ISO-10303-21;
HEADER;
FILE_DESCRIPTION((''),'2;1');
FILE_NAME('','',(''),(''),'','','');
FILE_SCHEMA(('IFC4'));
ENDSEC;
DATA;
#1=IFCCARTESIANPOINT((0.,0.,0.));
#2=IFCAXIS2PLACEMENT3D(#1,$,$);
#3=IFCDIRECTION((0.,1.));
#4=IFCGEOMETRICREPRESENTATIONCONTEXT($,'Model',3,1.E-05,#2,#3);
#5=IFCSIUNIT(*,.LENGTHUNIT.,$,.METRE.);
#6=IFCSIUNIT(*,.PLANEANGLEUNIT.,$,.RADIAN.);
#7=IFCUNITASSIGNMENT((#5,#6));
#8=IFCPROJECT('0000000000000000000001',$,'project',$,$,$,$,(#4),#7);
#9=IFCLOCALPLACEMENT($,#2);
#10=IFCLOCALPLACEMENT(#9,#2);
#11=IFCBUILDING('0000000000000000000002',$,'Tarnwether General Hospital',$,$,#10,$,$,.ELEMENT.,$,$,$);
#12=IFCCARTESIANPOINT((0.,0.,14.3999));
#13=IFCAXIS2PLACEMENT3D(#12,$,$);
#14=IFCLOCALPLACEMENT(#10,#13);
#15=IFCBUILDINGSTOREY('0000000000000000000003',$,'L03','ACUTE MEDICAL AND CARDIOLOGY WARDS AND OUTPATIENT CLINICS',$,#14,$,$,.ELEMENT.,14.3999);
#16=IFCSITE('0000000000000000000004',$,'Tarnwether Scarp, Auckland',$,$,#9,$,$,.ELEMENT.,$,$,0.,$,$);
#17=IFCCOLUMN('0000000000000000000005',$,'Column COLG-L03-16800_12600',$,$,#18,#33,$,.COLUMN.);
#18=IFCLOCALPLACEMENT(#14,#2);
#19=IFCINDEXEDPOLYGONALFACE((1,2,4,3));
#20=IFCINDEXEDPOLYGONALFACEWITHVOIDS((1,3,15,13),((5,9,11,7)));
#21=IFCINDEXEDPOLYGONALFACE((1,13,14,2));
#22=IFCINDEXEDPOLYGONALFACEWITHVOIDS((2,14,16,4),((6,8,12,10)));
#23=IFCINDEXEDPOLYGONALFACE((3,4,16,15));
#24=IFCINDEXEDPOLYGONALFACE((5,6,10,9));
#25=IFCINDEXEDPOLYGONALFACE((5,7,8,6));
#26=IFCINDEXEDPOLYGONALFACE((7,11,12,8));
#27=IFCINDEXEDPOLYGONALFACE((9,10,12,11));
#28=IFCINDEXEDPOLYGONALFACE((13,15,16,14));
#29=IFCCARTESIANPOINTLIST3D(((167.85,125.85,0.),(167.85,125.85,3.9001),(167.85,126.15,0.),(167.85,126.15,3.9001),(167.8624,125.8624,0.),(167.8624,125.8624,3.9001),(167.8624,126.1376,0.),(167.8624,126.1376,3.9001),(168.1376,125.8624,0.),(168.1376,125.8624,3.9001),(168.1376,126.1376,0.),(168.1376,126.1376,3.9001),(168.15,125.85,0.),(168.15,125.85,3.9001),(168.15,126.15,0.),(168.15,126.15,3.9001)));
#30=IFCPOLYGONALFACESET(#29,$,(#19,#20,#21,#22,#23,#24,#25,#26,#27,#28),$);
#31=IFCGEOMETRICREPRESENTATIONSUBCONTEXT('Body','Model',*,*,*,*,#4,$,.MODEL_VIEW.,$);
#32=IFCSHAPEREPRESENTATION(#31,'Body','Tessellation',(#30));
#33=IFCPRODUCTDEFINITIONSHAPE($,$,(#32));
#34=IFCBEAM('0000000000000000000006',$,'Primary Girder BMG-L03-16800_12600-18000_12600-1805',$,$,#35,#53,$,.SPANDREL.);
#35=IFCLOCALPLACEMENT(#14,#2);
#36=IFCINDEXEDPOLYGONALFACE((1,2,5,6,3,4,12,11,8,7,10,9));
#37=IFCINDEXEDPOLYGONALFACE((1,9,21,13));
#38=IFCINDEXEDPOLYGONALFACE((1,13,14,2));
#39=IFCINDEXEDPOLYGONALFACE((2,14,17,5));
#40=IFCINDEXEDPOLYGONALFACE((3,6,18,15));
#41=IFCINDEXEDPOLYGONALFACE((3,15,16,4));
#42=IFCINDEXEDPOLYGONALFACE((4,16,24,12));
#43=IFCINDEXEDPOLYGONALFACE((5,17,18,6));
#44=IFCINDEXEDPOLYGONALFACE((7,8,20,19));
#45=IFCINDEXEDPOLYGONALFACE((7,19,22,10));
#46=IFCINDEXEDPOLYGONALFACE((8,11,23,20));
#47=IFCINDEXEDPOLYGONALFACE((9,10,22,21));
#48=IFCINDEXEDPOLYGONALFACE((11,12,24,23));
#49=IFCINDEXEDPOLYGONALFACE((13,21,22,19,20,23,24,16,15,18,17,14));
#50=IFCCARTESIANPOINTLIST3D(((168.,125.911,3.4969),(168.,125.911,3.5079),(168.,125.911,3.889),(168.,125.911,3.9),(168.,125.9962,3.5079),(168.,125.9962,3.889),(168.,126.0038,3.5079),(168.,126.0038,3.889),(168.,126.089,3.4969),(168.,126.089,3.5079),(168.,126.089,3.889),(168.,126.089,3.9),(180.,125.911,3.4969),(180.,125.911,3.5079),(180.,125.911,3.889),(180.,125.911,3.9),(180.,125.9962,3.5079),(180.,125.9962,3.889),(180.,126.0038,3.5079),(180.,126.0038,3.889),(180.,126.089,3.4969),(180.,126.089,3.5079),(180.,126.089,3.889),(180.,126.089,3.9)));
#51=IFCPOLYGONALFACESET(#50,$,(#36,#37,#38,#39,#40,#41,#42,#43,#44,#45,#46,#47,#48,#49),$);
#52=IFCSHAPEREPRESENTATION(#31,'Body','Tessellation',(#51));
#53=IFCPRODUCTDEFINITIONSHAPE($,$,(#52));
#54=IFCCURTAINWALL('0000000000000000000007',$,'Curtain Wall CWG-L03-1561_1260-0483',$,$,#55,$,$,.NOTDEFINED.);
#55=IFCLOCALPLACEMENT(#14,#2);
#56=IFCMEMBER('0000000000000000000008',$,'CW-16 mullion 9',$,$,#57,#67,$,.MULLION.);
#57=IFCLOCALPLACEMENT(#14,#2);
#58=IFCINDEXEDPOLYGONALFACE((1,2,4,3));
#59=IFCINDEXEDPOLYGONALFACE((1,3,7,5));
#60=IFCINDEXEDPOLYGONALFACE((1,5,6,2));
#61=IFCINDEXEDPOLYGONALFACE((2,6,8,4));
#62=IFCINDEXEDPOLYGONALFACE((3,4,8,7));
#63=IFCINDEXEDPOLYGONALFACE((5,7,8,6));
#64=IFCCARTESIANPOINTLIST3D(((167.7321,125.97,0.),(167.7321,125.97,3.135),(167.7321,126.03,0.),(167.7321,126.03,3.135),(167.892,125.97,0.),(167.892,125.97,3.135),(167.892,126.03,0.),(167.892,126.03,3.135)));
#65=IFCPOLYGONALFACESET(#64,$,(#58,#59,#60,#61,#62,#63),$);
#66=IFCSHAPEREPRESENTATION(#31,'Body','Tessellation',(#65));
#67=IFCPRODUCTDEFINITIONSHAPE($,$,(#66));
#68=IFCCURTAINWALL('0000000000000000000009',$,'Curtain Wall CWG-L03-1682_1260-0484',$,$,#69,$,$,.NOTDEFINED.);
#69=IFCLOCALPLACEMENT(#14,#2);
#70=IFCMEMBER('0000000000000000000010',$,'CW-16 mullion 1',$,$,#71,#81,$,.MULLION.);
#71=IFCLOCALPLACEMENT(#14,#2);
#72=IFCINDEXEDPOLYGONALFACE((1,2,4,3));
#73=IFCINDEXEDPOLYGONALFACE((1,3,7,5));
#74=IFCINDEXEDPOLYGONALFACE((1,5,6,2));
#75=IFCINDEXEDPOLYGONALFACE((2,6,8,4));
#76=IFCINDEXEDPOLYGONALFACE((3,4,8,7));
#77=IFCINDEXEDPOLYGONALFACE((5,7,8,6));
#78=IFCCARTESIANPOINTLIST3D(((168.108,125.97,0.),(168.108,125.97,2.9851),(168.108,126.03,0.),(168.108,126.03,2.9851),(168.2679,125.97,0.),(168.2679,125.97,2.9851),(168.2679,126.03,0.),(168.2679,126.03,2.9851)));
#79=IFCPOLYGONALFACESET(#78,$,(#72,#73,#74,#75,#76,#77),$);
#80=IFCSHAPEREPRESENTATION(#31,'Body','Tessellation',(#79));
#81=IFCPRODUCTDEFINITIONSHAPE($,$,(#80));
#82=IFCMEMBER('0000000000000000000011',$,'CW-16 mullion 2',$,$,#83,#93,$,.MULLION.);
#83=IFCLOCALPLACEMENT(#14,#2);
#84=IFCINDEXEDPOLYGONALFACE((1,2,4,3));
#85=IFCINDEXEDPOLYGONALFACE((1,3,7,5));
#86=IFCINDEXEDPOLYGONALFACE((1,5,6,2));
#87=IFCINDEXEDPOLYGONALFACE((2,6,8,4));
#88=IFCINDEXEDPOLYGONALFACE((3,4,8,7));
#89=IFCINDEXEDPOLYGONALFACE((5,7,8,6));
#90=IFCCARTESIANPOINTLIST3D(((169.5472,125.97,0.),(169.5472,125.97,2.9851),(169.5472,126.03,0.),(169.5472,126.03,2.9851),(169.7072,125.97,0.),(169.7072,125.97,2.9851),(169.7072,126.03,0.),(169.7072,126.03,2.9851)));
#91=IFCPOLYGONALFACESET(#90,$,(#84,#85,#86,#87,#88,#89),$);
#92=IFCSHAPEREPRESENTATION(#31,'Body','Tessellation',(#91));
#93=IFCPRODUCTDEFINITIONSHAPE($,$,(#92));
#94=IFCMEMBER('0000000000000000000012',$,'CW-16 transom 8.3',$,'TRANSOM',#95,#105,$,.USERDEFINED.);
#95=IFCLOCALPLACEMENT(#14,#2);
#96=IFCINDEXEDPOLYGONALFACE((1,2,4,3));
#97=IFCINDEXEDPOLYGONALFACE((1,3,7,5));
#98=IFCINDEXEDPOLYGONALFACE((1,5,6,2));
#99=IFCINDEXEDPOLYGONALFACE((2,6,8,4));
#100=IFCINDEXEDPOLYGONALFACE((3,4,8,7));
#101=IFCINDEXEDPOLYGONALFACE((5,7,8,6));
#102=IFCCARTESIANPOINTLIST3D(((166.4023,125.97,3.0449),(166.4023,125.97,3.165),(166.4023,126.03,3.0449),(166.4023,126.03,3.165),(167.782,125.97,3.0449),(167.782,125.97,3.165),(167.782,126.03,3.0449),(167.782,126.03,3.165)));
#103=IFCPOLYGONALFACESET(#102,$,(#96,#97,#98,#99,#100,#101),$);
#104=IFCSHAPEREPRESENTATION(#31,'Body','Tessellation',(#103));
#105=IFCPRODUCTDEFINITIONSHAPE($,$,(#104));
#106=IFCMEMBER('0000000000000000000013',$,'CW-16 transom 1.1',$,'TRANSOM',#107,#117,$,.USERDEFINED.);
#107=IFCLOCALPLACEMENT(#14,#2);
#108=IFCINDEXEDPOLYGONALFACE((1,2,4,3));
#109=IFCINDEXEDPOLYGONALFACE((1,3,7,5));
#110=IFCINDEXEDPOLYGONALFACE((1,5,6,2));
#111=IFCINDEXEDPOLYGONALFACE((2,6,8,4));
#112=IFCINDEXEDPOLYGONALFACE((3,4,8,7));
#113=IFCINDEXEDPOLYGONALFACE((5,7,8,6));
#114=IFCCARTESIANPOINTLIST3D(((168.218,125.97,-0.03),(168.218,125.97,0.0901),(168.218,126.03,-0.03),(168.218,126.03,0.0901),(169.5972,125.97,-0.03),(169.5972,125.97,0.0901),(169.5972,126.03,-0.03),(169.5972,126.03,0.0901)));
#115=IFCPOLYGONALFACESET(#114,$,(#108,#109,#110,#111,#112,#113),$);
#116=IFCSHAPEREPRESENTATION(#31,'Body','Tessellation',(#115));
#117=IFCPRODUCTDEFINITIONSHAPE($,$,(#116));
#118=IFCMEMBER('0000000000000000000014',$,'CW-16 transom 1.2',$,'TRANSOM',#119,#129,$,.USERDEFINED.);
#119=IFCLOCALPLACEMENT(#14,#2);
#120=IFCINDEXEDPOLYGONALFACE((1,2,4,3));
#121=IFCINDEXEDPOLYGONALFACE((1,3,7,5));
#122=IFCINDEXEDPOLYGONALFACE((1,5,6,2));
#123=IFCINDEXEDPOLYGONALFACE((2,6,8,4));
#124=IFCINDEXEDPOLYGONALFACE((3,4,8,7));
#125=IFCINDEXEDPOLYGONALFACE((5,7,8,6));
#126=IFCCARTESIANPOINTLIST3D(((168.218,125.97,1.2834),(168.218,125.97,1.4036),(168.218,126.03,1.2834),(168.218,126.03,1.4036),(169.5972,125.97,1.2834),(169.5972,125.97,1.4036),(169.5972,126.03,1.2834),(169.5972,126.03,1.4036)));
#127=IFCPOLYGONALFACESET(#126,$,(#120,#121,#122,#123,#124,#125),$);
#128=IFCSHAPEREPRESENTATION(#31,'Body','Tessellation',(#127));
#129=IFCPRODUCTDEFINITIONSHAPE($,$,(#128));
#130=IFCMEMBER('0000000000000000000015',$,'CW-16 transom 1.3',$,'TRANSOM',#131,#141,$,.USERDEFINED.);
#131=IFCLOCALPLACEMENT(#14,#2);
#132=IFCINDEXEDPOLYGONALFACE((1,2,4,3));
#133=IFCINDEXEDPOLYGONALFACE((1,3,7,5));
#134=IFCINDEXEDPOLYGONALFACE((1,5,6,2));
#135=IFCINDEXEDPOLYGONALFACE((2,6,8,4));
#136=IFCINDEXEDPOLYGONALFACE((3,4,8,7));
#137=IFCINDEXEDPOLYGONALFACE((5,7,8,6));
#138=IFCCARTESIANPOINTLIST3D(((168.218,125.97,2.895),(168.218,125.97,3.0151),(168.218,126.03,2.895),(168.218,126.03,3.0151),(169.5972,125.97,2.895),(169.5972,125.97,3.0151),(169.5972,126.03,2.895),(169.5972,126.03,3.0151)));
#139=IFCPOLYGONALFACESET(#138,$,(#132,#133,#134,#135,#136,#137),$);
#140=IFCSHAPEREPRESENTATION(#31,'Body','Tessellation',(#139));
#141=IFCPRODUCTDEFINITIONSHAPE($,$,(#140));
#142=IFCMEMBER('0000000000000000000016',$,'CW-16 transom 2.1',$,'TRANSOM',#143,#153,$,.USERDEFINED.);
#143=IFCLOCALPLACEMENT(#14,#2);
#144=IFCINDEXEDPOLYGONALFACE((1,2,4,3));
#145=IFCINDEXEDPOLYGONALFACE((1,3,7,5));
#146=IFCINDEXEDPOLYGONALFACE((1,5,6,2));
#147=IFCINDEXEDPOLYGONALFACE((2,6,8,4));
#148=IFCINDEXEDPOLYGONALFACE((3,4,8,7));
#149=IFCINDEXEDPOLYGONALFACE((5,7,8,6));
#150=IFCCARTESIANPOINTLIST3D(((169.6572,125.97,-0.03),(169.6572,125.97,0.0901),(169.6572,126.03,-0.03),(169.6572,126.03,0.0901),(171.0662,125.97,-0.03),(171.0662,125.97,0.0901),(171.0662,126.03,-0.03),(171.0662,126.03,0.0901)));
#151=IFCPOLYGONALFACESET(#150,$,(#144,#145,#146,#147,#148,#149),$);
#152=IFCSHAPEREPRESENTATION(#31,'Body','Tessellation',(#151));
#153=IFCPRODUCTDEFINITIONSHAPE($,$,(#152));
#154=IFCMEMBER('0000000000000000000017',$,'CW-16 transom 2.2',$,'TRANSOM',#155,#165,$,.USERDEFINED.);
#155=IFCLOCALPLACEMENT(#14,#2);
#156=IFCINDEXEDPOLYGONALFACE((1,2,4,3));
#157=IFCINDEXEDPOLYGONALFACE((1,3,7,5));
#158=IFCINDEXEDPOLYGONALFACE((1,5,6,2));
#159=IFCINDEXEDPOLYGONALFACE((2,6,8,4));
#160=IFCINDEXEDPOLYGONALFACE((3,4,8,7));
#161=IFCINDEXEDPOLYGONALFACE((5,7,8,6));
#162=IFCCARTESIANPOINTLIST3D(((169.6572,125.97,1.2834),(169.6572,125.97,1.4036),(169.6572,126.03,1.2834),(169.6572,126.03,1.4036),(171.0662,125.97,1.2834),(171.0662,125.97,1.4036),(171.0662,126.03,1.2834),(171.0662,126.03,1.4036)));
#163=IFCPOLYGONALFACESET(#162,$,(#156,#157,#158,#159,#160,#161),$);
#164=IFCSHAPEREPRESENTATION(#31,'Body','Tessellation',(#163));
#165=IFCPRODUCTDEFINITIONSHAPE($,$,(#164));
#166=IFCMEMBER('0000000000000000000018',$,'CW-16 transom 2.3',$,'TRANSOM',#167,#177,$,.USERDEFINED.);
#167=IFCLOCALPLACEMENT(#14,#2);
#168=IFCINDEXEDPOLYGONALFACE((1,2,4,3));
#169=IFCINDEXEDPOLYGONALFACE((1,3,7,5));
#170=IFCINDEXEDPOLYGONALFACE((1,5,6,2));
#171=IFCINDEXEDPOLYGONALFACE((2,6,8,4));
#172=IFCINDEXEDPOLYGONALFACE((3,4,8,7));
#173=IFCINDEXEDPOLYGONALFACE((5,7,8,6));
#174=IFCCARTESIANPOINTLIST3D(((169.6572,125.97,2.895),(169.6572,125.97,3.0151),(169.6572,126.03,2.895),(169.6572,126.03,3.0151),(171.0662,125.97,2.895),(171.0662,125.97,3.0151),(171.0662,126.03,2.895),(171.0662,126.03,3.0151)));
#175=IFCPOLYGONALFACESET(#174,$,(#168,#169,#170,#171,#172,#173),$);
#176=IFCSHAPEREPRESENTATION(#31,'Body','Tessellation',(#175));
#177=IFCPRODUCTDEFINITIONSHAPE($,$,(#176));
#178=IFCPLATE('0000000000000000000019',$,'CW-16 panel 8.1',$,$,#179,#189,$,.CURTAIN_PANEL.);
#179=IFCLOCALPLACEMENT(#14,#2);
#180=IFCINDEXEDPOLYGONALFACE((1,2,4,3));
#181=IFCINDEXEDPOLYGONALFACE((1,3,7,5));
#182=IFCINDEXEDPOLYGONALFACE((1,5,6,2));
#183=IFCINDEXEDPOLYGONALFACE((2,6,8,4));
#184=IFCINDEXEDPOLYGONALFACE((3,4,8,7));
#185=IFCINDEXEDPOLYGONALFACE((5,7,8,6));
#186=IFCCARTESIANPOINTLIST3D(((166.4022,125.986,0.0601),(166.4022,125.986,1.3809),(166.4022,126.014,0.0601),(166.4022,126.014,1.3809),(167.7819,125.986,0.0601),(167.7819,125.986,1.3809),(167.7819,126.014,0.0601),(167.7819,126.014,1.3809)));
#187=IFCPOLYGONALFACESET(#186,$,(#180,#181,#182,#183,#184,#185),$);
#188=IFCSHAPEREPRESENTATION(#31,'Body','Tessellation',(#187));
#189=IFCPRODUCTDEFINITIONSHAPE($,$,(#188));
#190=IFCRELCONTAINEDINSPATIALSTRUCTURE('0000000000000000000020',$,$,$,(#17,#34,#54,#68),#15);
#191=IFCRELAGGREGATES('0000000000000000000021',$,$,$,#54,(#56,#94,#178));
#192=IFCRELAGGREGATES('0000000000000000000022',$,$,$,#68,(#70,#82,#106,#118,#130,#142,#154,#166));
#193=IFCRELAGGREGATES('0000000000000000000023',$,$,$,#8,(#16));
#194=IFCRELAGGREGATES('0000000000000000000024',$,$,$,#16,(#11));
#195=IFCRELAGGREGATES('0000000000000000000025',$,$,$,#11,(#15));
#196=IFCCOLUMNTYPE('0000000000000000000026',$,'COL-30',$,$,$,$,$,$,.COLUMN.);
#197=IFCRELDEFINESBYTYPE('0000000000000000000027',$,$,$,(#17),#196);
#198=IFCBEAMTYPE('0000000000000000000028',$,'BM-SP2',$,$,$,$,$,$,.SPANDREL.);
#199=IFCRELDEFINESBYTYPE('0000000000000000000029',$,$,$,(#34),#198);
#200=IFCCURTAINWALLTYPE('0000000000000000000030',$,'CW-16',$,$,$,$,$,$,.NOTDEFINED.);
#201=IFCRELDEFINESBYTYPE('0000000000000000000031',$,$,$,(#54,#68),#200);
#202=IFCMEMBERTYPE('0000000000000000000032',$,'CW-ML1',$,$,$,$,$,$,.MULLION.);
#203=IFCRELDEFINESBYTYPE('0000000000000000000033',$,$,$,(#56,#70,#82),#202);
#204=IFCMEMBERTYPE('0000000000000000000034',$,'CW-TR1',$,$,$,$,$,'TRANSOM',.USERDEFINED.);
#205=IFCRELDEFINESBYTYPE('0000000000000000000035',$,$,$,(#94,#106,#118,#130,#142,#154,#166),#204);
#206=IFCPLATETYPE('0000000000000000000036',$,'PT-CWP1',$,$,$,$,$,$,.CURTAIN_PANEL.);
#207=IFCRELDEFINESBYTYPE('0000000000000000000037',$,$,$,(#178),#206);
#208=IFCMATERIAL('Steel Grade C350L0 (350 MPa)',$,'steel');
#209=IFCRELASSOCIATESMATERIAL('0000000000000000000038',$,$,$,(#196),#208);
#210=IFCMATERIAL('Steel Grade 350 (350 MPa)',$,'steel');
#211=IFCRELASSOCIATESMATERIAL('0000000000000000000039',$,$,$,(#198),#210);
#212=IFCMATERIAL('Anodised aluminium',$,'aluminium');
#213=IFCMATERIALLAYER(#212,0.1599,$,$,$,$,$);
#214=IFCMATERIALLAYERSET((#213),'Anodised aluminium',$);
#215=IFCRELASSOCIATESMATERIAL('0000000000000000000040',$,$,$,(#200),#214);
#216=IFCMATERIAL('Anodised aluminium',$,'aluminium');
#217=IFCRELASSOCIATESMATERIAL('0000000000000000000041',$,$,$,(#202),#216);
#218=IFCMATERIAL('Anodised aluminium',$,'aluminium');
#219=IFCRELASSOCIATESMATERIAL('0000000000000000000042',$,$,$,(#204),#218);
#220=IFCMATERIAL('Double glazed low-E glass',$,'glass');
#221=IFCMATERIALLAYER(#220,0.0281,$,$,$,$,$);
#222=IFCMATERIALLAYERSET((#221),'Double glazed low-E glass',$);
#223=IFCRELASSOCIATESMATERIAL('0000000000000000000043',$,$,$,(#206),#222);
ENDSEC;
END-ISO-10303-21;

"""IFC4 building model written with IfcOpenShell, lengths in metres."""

from ifc_helpers import new_model, si_unit, direction, frame, origin, origin_2d, place, context, subcontext, project, spatial, rectangle, hollow_rectangle, i_section, extrude, material, layer, layer_set, material_profile, profile_set, type_object, element, aggregate, save


model = new_model("IFC4")

# Units and contexts
model_context = context("Model", 3, precision=1e-05, world=origin(), true_north=direction((0.0, 1.0)))
body_context = subcontext(model_context, "Body", "Model", "MODEL_VIEW")
ifc_project = project(units=[si_unit("LENGTHUNIT", "METRE"), si_unit("PLANEANGLEUNIT", "RADIAN")], contexts=[model_context])

# Site, building, storey
site_placement = place(None, origin())
site = spatial("IfcSite", under=ifc_project, at=site_placement, Name="Tarnwether Scarp, Auckland", CompositionType="ELEMENT", RefElevation=0.0)
building_placement = place(site_placement, origin())
building = spatial("IfcBuilding", under=site, at=building_placement, Name="Tarnwether General Hospital", CompositionType="ELEMENT")
storey_placement = place(building_placement, frame((0.0, 0.0, 14.3999)))
storey = spatial("IfcBuildingStorey", under=building, at=storey_placement, Name="L03", Description="ACUTE MEDICAL AND CARDIOLOGY WARDS AND OUTPATIENT CLINICS", CompositionType="ELEMENT", Elevation=14.3999)

# Column
ifc_material_1 = material(Name="Steel Grade C350L0 (350 MPa)", Category="steel")
ifc_material_profile_1 = material_profile(ifc_material_1, hollow_rectangle(XDim=0.3, YDim=0.3, WallThickness=0.0125, at=origin_2d()), Name="SHS300x300x12.5")
ifc_profile_set_1 = profile_set([ifc_material_profile_1], Name="Steel Grade C350L0 (350 MPa)")
column_type = type_object("IfcColumnType", Name="COL-30", PredefinedType="COLUMN", material=ifc_profile_set_1)
column_placement = place(storey_placement, frame((168.0, 126.0, 0.0), z_axis=(0.0, 0.0, 1.0), x_axis=(1.0, 0.0, 0.0)))
element("IfcColumn", 1, at=column_placement, inside=storey, type_object=column_type, Name="Column COLG-L03-16800_12600", PredefinedType="COLUMN", context=body_context, shape_type="SweptSolid", body=[
    extrude(hollow_rectangle(XDim=0.3, YDim=0.3, WallThickness=0.0125, at=origin_2d()), origin(), (0.0, 0.0, 1.0), 3.9001),
])

# Beam
ifc_material_2 = material(Name="Steel Grade 350 (350 MPa)", Category="steel")
ifc_material_profile_2 = material_profile(ifc_material_2, i_section(OverallWidth=0.178, OverallDepth=0.4031, WebThickness=0.0076, FlangeThickness=0.011, at=origin_2d()), Name="410UB53.7")
ifc_profile_set_2 = profile_set([ifc_material_profile_2], Name="Steel Grade 350 (350 MPa)")
beam_type = type_object("IfcBeamType", Name="BM-SP2", PredefinedType="SPANDREL", material=ifc_profile_set_2)
beam_placement = place(storey_placement, frame((168.0, 126.0, 3.6985), z_axis=(1.0, 0.0, 0.0), x_axis=(0.0, 1.0, 0.0)))
element("IfcBeam", 2, at=beam_placement, inside=storey, type_object=beam_type, Name="Primary Girder BMG-L03-16800_12600-18000_12600-1805", PredefinedType="SPANDREL", context=body_context, shape_type="SweptSolid", body=[
    extrude(i_section(OverallWidth=0.178, OverallDepth=0.4031, WebThickness=0.0076, FlangeThickness=0.011, at=origin_2d()), origin(), (0.0, 0.0, 1.0), 12.0),
])

# Curtain wall, member
ifc_material_3 = material(Name="Anodised aluminium", Category="aluminium")
ifc_layer_1 = layer(ifc_material_3, 0.1599)
ifc_layer_set_1 = layer_set([ifc_layer_1], Name="Anodised aluminium")
curtain_wall_type = type_object("IfcCurtainWallType", Name="CW-16", PredefinedType="NOTDEFINED", material=ifc_layer_set_1)
curtain_wall_1_placement = place(storey_placement, origin())
curtain_wall_1 = element("IfcCurtainWall", 3, at=curtain_wall_1_placement, inside=storey, type_object=curtain_wall_type, Name="Curtain Wall CWG-L03-1561_1260-0483", PredefinedType="NOTDEFINED")
ifc_material_4 = material(Name="Anodised aluminium", Category="aluminium")
ifc_material_profile_3 = material_profile(ifc_material_4, rectangle(XDim=0.0601, YDim=0.1599, at=origin_2d()), Name="ALU-MUL-60x160")
ifc_profile_set_3 = profile_set([ifc_material_profile_3], Name="Anodised aluminium")
member_type_1 = type_object("IfcMemberType", Name="CW-ML1", PredefinedType="MULLION", material=ifc_profile_set_3)
member_1_placement = place(storey_placement, frame((167.812, 126.0, 0.0), z_axis=(0.0, 0.0, 1.0), x_axis=(0.0, 1.0, 0.0)))
member_1 = element("IfcMember", 4, at=member_1_placement, type_object=member_type_1, Name="CW-16 mullion 9", PredefinedType="MULLION", context=body_context, shape_type="SweptSolid", body=[
    extrude(rectangle(XDim=0.0601, YDim=0.1599, at=origin_2d()), origin(), (0.0, 0.0, 1.0), 3.135),
])

# Curtain wall, members
curtain_wall_2_placement = place(storey_placement, origin())
curtain_wall_2 = element("IfcCurtainWall", 5, at=curtain_wall_2_placement, inside=storey, type_object=curtain_wall_type, Name="Curtain Wall CWG-L03-1682_1260-0484", PredefinedType="NOTDEFINED")
member_2_placement = place(storey_placement, frame((168.188, 126.0, 0.0), z_axis=(0.0, 0.0, 1.0), x_axis=(0.0, 1.0, 0.0)))
member_2 = element("IfcMember", 6, at=member_2_placement, type_object=member_type_1, Name="CW-16 mullion 1", PredefinedType="MULLION", context=body_context, shape_type="SweptSolid", body=[
    extrude(rectangle(XDim=0.0601, YDim=0.1599, at=origin_2d()), origin(), (0.0, 0.0, 1.0), 2.9851),
])
member_3_placement = place(storey_placement, frame((169.6272, 126.0, 0.0), z_axis=(0.0, 0.0, 1.0), x_axis=(0.0, 1.0, 0.0)))
member_3 = element("IfcMember", 7, at=member_3_placement, type_object=member_type_1, Name="CW-16 mullion 2", PredefinedType="MULLION", context=body_context, shape_type="SweptSolid", body=[
    extrude(rectangle(XDim=0.0601, YDim=0.1599, at=origin_2d()), origin(), (0.0, 0.0, 1.0), 2.9851),
])

# Members
ifc_material_5 = material(Name="Anodised aluminium", Category="aluminium")
ifc_material_profile_4 = material_profile(ifc_material_5, rectangle(XDim=0.0601, YDim=0.1201, at=origin_2d()), Name="ALU-TRN-60x120")
ifc_profile_set_4 = profile_set([ifc_material_profile_4], Name="Anodised aluminium")
member_type_2 = type_object("IfcMemberType", Name="CW-TR1", ElementType="TRANSOM", PredefinedType="USERDEFINED", material=ifc_profile_set_4)
member_4_placement = place(storey_placement, frame((166.4023, 126.0, 3.105), z_axis=(1.0, 0.0, 0.0), x_axis=(0.0, 1.0, 0.0)))
member_4 = element("IfcMember", 8, at=member_4_placement, type_object=member_type_2, Name="CW-16 transom 8.3", ObjectType="TRANSOM", PredefinedType="USERDEFINED", context=body_context, shape_type="SweptSolid", body=[
    extrude(rectangle(XDim=0.0601, YDim=0.1201, at=origin_2d()), origin(), (0.0, 0.0, 1.0), 1.3796),
])
member_5_placement = place(storey_placement, frame((168.218, 126.0, 0.03), z_axis=(1.0, 0.0, 0.0), x_axis=(0.0, 1.0, 0.0)))
member_5 = element("IfcMember", 9, at=member_5_placement, type_object=member_type_2, Name="CW-16 transom 1.1", ObjectType="TRANSOM", PredefinedType="USERDEFINED", context=body_context, shape_type="SweptSolid", body=[
    extrude(rectangle(XDim=0.0601, YDim=0.1201, at=origin_2d()), origin(), (0.0, 0.0, 1.0), 1.3792),
])
member_6_placement = place(storey_placement, frame((168.218, 126.0, 1.3435), z_axis=(1.0, 0.0, 0.0), x_axis=(0.0, 1.0, 0.0)))
member_6 = element("IfcMember", 10, at=member_6_placement, type_object=member_type_2, Name="CW-16 transom 1.2", ObjectType="TRANSOM", PredefinedType="USERDEFINED", context=body_context, shape_type="SweptSolid", body=[
    extrude(rectangle(XDim=0.0601, YDim=0.1201, at=origin_2d()), origin(), (0.0, 0.0, 1.0), 1.3792),
])
member_7_placement = place(storey_placement, frame((168.218, 126.0, 2.9551), z_axis=(1.0, 0.0, 0.0), x_axis=(0.0, 1.0, 0.0)))
member_7 = element("IfcMember", 11, at=member_7_placement, type_object=member_type_2, Name="CW-16 transom 1.3", ObjectType="TRANSOM", PredefinedType="USERDEFINED", context=body_context, shape_type="SweptSolid", body=[
    extrude(rectangle(XDim=0.0601, YDim=0.1201, at=origin_2d()), origin(), (0.0, 0.0, 1.0), 1.3792),
])
member_8_placement = place(storey_placement, frame((169.6572, 126.0, 0.03), z_axis=(1.0, 0.0, 0.0), x_axis=(0.0, 1.0, 0.0)))
member_8 = element("IfcMember", 12, at=member_8_placement, type_object=member_type_2, Name="CW-16 transom 2.1", ObjectType="TRANSOM", PredefinedType="USERDEFINED", context=body_context, shape_type="SweptSolid", body=[
    extrude(rectangle(XDim=0.0601, YDim=0.1201, at=origin_2d()), origin(), (0.0, 0.0, 1.0), 1.4089),
])
member_9_placement = place(storey_placement, frame((169.6572, 126.0, 1.3435), z_axis=(1.0, 0.0, 0.0), x_axis=(0.0, 1.0, 0.0)))
member_9 = element("IfcMember", 13, at=member_9_placement, type_object=member_type_2, Name="CW-16 transom 2.2", ObjectType="TRANSOM", PredefinedType="USERDEFINED", context=body_context, shape_type="SweptSolid", body=[
    extrude(rectangle(XDim=0.0601, YDim=0.1201, at=origin_2d()), origin(), (0.0, 0.0, 1.0), 1.4089),
])
member_10_placement = place(storey_placement, frame((169.6572, 126.0, 2.9551), z_axis=(1.0, 0.0, 0.0), x_axis=(0.0, 1.0, 0.0)))
member_10 = element("IfcMember", 14, at=member_10_placement, type_object=member_type_2, Name="CW-16 transom 2.3", ObjectType="TRANSOM", PredefinedType="USERDEFINED", context=body_context, shape_type="SweptSolid", body=[
    extrude(rectangle(XDim=0.0601, YDim=0.1201, at=origin_2d()), origin(), (0.0, 0.0, 1.0), 1.4089),
])

# Plate
ifc_material_6 = material(Name="Double glazed low-E glass", Category="glass")
ifc_layer_2 = layer(ifc_material_6, 0.0281)
ifc_layer_set_2 = layer_set([ifc_layer_2], Name="Double glazed low-E glass")
plate_type_1 = type_object("IfcPlateType", Name="PT-CWP1", PredefinedType="CURTAIN_PANEL", material=ifc_layer_set_2)
plate_1_placement = place(storey_placement, frame((167.092, 126.0, 0.0601), z_axis=(0.0, 0.0, 1.0), x_axis=(1.0, 0.0, 0.0)))
plate_1 = element("IfcPlate", 15, at=plate_1_placement, type_object=plate_type_1, Name="CW-16 panel 8.1", PredefinedType="CURTAIN_PANEL", context=body_context, shape_type="SweptSolid", body=[
    extrude(rectangle(XDim=1.3796, YDim=0.0281, at=origin_2d()), origin(), (0.0, 0.0, 1.0), 1.3208),
])
aggregate(curtain_wall_1, [member_1, member_4, plate_1])
aggregate(curtain_wall_2, [member_2, member_3, member_5, member_6, member_7, member_8, member_9, member_10])

save(model, "model.ifc")
